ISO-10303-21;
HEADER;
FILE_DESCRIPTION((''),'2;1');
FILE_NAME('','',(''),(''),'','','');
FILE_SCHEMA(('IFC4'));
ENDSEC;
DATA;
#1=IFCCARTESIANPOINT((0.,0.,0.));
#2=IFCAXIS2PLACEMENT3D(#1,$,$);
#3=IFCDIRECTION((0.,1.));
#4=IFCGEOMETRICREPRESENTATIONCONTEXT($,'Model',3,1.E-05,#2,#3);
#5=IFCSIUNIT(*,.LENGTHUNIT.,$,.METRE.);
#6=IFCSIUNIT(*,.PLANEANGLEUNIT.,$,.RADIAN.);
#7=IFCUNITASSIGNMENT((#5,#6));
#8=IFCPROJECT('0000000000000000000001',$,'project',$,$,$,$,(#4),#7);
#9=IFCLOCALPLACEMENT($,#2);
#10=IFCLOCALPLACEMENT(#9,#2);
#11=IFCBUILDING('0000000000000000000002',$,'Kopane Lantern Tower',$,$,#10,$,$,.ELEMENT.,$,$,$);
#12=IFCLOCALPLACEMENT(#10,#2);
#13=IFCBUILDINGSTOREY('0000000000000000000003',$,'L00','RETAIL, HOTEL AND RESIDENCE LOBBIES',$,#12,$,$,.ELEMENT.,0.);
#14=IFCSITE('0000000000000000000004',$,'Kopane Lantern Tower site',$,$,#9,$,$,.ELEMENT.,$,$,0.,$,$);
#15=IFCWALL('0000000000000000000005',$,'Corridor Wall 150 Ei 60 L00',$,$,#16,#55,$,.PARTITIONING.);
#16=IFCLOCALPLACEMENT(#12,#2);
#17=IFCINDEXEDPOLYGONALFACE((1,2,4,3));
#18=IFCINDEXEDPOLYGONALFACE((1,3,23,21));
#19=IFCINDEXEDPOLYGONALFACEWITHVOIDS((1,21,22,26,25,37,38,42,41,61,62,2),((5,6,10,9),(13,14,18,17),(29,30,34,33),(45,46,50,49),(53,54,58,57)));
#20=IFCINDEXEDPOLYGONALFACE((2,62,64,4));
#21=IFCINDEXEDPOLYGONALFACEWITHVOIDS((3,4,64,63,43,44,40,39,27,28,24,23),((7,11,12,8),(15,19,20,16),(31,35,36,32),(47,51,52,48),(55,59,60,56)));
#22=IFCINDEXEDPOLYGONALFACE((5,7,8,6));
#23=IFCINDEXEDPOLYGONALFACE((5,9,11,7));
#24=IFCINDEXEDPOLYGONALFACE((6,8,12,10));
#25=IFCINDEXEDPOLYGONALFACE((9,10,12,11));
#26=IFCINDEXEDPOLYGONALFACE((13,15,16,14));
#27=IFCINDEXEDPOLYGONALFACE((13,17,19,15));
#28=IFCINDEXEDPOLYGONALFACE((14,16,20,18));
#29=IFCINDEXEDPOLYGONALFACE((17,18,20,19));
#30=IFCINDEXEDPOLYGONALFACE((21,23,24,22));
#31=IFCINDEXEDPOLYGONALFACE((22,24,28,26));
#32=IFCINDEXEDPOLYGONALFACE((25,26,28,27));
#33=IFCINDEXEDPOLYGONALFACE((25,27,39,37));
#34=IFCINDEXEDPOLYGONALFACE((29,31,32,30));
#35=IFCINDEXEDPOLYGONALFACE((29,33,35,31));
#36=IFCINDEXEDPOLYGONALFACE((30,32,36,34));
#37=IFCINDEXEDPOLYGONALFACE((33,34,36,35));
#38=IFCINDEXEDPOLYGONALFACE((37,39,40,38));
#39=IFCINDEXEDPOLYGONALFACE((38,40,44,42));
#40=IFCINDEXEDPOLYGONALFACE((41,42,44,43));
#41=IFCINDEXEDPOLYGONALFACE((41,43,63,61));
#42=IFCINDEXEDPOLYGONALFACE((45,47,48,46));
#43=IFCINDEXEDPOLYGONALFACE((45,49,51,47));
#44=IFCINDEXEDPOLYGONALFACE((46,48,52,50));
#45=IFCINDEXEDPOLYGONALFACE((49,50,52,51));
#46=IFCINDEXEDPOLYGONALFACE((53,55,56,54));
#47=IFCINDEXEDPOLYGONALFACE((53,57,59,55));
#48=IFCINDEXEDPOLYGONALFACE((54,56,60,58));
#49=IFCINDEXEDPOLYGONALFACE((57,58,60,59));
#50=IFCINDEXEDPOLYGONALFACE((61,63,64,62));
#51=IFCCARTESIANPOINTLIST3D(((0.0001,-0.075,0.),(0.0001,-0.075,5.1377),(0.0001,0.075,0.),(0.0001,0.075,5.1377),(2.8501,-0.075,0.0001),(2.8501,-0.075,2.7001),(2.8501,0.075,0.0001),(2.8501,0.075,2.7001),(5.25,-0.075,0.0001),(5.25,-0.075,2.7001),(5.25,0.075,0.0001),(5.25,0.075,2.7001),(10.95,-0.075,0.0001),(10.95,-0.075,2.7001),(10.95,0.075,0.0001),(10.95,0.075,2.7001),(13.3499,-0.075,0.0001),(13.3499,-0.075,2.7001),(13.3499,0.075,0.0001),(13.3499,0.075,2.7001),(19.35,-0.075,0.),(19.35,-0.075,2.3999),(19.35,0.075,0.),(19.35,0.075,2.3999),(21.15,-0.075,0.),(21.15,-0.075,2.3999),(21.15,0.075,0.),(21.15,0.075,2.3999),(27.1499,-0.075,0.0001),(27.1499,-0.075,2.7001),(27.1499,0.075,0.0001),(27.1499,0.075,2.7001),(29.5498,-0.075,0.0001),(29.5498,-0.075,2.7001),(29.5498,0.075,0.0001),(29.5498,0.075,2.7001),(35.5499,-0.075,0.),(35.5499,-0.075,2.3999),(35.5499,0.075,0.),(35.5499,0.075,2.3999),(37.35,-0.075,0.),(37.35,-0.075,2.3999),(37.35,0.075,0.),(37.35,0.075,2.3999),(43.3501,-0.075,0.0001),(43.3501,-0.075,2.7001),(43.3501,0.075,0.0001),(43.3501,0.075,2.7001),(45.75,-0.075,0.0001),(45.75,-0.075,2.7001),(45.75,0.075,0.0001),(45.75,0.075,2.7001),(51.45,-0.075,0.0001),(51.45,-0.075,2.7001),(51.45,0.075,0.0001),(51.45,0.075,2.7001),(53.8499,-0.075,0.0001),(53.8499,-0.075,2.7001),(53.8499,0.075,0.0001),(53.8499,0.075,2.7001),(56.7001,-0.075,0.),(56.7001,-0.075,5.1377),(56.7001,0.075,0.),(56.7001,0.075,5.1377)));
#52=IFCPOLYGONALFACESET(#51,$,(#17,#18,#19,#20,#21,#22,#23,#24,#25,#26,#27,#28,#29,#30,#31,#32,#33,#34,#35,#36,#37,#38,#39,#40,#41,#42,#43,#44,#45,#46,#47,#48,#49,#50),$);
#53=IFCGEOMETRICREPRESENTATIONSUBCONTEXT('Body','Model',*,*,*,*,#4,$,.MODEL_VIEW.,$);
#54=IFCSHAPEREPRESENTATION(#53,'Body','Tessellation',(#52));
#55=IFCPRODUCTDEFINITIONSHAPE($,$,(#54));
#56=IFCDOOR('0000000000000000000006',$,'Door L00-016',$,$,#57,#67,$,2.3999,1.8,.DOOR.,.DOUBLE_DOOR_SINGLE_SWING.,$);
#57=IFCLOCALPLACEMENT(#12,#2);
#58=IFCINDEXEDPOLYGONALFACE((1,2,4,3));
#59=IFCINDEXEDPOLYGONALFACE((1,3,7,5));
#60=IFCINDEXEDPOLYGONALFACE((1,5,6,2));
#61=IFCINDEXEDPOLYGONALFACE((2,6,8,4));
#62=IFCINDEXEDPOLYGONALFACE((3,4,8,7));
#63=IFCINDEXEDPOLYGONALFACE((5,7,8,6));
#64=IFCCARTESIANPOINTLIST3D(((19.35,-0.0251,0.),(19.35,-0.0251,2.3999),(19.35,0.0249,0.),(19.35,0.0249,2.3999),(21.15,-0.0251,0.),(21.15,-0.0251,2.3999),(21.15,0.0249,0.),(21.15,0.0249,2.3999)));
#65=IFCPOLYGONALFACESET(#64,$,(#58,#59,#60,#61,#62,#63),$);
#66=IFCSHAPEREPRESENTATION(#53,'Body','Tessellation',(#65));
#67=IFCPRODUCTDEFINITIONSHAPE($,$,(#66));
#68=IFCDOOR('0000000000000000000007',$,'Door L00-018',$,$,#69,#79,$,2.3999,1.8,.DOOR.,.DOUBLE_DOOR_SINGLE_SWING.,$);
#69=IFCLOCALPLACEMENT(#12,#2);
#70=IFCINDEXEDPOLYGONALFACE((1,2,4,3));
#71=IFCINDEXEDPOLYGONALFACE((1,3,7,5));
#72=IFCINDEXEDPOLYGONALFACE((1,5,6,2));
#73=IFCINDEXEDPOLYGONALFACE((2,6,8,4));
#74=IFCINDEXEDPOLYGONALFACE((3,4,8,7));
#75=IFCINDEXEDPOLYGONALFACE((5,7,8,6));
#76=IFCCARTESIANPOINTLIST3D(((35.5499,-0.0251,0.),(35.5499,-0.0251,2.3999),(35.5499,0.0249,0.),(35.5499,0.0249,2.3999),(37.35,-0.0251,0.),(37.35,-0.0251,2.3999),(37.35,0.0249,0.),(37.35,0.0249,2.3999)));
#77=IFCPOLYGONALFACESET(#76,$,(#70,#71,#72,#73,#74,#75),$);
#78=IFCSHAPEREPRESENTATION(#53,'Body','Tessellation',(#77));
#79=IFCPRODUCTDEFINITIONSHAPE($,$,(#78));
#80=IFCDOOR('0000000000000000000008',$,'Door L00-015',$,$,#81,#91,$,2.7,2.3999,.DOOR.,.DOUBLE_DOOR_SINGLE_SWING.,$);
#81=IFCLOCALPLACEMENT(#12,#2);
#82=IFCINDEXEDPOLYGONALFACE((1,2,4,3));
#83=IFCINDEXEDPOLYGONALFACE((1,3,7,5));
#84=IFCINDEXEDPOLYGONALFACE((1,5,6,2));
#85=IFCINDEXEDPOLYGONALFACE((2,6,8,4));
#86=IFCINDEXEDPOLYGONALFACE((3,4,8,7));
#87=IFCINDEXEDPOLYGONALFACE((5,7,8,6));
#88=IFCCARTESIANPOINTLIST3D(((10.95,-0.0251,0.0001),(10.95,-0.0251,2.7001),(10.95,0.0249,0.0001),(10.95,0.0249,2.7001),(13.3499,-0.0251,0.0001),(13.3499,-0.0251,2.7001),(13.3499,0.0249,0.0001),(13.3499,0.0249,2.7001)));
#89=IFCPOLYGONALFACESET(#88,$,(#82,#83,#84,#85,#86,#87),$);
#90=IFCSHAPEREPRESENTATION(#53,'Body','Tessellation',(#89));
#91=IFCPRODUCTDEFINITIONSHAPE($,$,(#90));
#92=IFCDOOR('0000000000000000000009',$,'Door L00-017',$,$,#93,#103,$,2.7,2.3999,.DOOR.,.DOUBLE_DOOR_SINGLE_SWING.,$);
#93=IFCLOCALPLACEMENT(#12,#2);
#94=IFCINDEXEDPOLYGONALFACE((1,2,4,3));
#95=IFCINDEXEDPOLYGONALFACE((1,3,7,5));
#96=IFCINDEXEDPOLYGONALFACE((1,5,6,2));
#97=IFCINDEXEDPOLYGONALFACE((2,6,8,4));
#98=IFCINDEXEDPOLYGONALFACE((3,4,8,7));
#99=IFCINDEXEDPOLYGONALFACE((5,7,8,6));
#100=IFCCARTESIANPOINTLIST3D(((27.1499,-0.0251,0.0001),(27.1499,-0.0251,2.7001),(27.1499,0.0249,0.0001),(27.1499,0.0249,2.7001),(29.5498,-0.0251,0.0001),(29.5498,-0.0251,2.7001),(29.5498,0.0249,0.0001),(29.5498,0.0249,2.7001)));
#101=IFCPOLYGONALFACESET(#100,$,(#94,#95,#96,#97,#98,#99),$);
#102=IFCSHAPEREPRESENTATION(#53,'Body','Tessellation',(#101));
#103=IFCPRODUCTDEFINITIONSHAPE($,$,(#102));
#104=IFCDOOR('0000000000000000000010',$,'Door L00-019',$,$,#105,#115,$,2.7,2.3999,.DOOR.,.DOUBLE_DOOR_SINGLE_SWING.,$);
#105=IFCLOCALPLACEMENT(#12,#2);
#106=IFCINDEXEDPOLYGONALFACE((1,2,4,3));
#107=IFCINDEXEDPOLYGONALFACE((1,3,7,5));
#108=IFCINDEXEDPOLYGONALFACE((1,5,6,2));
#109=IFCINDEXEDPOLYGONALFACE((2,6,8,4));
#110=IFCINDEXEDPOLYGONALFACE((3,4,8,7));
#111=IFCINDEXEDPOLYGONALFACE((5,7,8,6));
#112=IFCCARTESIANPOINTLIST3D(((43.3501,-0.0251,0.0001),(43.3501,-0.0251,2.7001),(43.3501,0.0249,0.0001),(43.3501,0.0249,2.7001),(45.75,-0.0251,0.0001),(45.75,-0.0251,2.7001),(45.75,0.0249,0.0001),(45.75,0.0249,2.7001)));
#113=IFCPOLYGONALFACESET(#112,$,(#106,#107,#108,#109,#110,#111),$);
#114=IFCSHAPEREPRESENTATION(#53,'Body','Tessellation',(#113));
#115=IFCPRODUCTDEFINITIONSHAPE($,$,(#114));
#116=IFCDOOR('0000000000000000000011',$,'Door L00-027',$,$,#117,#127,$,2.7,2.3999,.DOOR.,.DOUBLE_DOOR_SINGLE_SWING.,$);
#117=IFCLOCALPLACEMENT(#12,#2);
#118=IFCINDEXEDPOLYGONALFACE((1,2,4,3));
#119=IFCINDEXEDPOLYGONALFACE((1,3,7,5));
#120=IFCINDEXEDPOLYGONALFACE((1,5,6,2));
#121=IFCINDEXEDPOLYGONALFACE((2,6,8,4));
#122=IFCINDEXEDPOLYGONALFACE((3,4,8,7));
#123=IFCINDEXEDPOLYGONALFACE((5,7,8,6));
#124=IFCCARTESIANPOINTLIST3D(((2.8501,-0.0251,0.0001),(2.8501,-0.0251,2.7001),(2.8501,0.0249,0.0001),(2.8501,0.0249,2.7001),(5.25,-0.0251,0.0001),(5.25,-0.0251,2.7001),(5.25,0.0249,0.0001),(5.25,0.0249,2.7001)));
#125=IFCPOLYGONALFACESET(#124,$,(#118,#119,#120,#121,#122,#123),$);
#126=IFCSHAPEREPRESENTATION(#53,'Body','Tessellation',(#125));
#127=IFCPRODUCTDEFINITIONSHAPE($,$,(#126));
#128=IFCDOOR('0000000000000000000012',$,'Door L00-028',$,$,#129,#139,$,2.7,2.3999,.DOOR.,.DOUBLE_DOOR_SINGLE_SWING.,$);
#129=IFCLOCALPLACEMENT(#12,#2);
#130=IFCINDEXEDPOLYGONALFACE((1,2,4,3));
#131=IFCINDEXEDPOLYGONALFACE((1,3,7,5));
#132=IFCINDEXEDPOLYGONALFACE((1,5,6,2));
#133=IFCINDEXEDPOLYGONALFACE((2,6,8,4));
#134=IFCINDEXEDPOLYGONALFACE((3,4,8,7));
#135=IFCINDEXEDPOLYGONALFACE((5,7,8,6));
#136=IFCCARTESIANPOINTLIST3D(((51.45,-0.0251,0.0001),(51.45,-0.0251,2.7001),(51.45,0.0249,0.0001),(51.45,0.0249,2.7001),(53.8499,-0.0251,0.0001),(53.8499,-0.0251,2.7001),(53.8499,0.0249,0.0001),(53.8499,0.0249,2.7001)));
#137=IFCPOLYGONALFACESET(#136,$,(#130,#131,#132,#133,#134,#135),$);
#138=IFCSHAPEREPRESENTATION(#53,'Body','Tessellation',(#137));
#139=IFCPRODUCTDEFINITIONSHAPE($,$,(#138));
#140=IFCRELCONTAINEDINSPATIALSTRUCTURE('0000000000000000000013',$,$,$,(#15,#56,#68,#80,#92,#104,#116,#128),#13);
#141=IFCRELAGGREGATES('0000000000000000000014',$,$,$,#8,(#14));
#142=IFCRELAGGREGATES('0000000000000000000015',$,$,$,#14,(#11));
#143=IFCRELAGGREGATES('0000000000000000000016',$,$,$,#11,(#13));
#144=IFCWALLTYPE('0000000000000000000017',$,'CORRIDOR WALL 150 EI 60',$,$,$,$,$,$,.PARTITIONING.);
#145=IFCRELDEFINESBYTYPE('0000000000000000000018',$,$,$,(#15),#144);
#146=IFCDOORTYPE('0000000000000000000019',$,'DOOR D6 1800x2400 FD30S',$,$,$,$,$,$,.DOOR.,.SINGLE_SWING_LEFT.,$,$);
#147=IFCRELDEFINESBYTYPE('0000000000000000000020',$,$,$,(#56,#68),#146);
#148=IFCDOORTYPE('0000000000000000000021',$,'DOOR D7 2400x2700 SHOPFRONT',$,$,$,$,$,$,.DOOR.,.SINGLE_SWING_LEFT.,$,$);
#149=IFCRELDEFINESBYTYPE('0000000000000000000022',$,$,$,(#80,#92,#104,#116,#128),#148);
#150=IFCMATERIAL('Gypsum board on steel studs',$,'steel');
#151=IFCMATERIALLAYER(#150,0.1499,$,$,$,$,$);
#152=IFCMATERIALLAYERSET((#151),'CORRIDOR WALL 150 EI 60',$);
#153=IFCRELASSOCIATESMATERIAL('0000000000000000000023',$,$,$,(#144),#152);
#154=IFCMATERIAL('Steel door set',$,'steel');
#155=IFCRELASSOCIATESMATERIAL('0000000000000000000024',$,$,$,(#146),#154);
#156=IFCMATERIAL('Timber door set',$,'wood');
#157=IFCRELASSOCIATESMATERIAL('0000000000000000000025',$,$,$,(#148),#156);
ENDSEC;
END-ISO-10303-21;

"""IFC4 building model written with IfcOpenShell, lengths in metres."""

from ifc_helpers import new_model, si_unit, direction, frame, frame_2d, origin, origin_with_axes, place, context, subcontext, project, spatial, rectangle, extrude, material, layer, layer_set, type_object, element, fill, save


model = new_model("IFC4")

# Units and contexts
model_context = context("Model", 3, precision=1e-05, world=origin(), true_north=direction((0.0, 1.0)))
body_context = subcontext(model_context, "Body", "Model", "MODEL_VIEW")
ifc_project = project(units=[si_unit("LENGTHUNIT", "METRE"), si_unit("PLANEANGLEUNIT", "RADIAN")], contexts=[model_context])

# Site, building, storey
site_placement = place(None, origin())
site = spatial("IfcSite", under=ifc_project, at=site_placement, Name="Kopane Lantern Tower site", CompositionType="ELEMENT", RefElevation=0.0)
building_placement = place(site_placement, origin())
building = spatial("IfcBuilding", under=site, at=building_placement, Name="Kopane Lantern Tower", CompositionType="ELEMENT")
storey_placement = place(building_placement, origin())
storey = spatial("IfcBuildingStorey", under=building, at=storey_placement, Name="L00", Description="RETAIL, HOTEL AND RESIDENCE LOBBIES", CompositionType="ELEMENT", Elevation=0.0)

# Wall, openings, doors
ifc_material_1 = material(Name="Gypsum board on steel studs", Category="steel")
ifc_layer_1 = layer(ifc_material_1, 0.1499)
ifc_layer_set_1 = layer_set([ifc_layer_1], Name="CORRIDOR WALL 150 EI 60")
wall_type = type_object("IfcWallType", Name="CORRIDOR WALL 150 EI 60", PredefinedType="PARTITIONING", material=ifc_layer_set_1)
wall_1_placement = place(storey_placement, origin_with_axes())
wall_1 = element("IfcWall", 1, at=wall_1_placement, inside=storey, type_object=wall_type, Name="Corridor Wall 150 Ei 60 L00", PredefinedType="PARTITIONING", context=body_context, shape_type="SweptSolid", body=[
    extrude(rectangle(XDim=56.7, YDim=0.1499, at=frame_2d((28.3501, 0.0))), origin(), (0.0, 0.0, 1.0), 5.1377),
])
opening_1_placement = place(wall_1_placement, frame((10.95, 0.0, 0.0)))
opening_1 = element("IfcOpeningElement", 2, at=opening_1_placement, cuts=wall_1, PredefinedType="OPENING", context=body_context, shape_type="SweptSolid", body=[
    extrude(rectangle(XDim=2.3999, YDim=2.7, at=frame_2d((1.2, 1.3501))), frame((0.0, 0.085, 0.0), z_axis=(0.0, -1.0, 0.0), x_axis=(1.0, 0.0, 0.0)), (0.0, 0.0, 1.0), 0.1699),
])
opening_2_placement = place(wall_1_placement, frame((19.3501, 0.0, 0.0)))
opening_2 = element("IfcOpeningElement", 3, at=opening_2_placement, cuts=wall_1, PredefinedType="OPENING", context=body_context, shape_type="SweptSolid", body=[
    extrude(rectangle(XDim=1.8, YDim=2.3999, at=frame_2d((0.8999, 1.2))), frame((0.0, 0.085, 0.0), z_axis=(0.0, -1.0, 0.0), x_axis=(1.0, 0.0, 0.0)), (0.0, 0.0, 1.0), 0.1699),
])
opening_3_placement = place(wall_1_placement, frame((27.1499, 0.0, 0.0)))
opening_3 = element("IfcOpeningElement", 4, at=opening_3_placement, cuts=wall_1, PredefinedType="OPENING", context=body_context, shape_type="SweptSolid", body=[
    extrude(rectangle(XDim=2.3999, YDim=2.7, at=frame_2d((1.2, 1.3501))), frame((0.0, 0.085, 0.0), z_axis=(0.0, -1.0, 0.0), x_axis=(1.0, 0.0, 0.0)), (0.0, 0.0, 1.0), 0.1699),
])
opening_4_placement = place(wall_1_placement, frame((35.55, 0.0, 0.0)))
opening_4 = element("IfcOpeningElement", 5, at=opening_4_placement, cuts=wall_1, PredefinedType="OPENING", context=body_context, shape_type="SweptSolid", body=[
    extrude(rectangle(XDim=1.8, YDim=2.3999, at=frame_2d((0.8999, 1.2))), frame((0.0, 0.085, 0.0), z_axis=(0.0, -1.0, 0.0), x_axis=(1.0, 0.0, 0.0)), (0.0, 0.0, 1.0), 0.1699),
])
opening_5_placement = place(wall_1_placement, frame((43.3501, 0.0, 0.0)))
opening_5 = element("IfcOpeningElement", 6, at=opening_5_placement, cuts=wall_1, PredefinedType="OPENING", context=body_context, shape_type="SweptSolid", body=[
    extrude(rectangle(XDim=2.3999, YDim=2.7, at=frame_2d((1.2, 1.3501))), frame((0.0, 0.085, 0.0), z_axis=(0.0, -1.0, 0.0), x_axis=(1.0, 0.0, 0.0)), (0.0, 0.0, 1.0), 0.1699),
])
opening_6_placement = place(wall_1_placement, frame((2.8501, 0.0, 0.0)))
opening_6 = element("IfcOpeningElement", 7, at=opening_6_placement, cuts=wall_1, PredefinedType="OPENING", context=body_context, shape_type="SweptSolid", body=[
    extrude(rectangle(XDim=2.3999, YDim=2.7, at=frame_2d((1.2, 1.3501))), frame((0.0, 0.085, 0.0), z_axis=(0.0, -1.0, 0.0), x_axis=(1.0, 0.0, 0.0)), (0.0, 0.0, 1.0), 0.1699),
])
opening_7_placement = place(wall_1_placement, frame((51.45, 0.0, 0.0)))
opening_7 = element("IfcOpeningElement", 8, at=opening_7_placement, cuts=wall_1, PredefinedType="OPENING", context=body_context, shape_type="SweptSolid", body=[
    extrude(rectangle(XDim=2.3999, YDim=2.7, at=frame_2d((1.2, 1.3501))), frame((0.0, 0.085, 0.0), z_axis=(0.0, -1.0, 0.0), x_axis=(1.0, 0.0, 0.0)), (0.0, 0.0, 1.0), 0.1699),
])
ifc_material_2 = material(Name="Steel door set", Category="steel")
door_type_1 = type_object("IfcDoorType", Name="DOOR D6 1800x2400 FD30S", OperationType="SINGLE_SWING_LEFT", PredefinedType="DOOR", material=ifc_material_2)
door_1_placement = place(opening_2_placement, origin())
door_1 = element("IfcDoor", 9, at=door_1_placement, inside=storey, type_object=door_type_1, Name="Door L00-016", OperationType="DOUBLE_DOOR_SINGLE_SWING", OverallHeight=2.3999, OverallWidth=1.8, PredefinedType="DOOR", context=body_context, shape_type="SweptSolid", body=[
    extrude(rectangle(XDim=1.8, YDim=2.3999, at=frame_2d((0.8999, 1.2))), frame((0.0, 0.0249, 0.0), z_axis=(0.0, -1.0, 0.0), x_axis=(1.0, 0.0, 0.0)), (0.0, 0.0, 1.0), 0.05),
])
fill(opening_2, door_1)
door_2_placement = place(opening_4_placement, origin())
door_2 = element("IfcDoor", 10, at=door_2_placement, inside=storey, type_object=door_type_1, Name="Door L00-018", OperationType="DOUBLE_DOOR_SINGLE_SWING", OverallHeight=2.3999, OverallWidth=1.8, PredefinedType="DOOR", context=body_context, shape_type="SweptSolid", body=[
    extrude(rectangle(XDim=1.8, YDim=2.3999, at=frame_2d((0.8999, 1.2))), frame((0.0, 0.0249, 0.0), z_axis=(0.0, -1.0, 0.0), x_axis=(1.0, 0.0, 0.0)), (0.0, 0.0, 1.0), 0.05),
])
fill(opening_4, door_2)
ifc_material_3 = material(Name="Timber door set", Category="wood")
door_type_2 = type_object("IfcDoorType", Name="DOOR D7 2400x2700 SHOPFRONT", OperationType="SINGLE_SWING_LEFT", PredefinedType="DOOR", material=ifc_material_3)
door_3_placement = place(opening_1_placement, origin())
door_3 = element("IfcDoor", 11, at=door_3_placement, inside=storey, type_object=door_type_2, Name="Door L00-015", OperationType="DOUBLE_DOOR_SINGLE_SWING", OverallHeight=2.7, OverallWidth=2.3999, PredefinedType="DOOR", context=body_context, shape_type="SweptSolid", body=[
    extrude(rectangle(XDim=2.3999, YDim=2.7, at=frame_2d((1.2, 1.3501))), frame((0.0, 0.0249, 0.0), z_axis=(0.0, -1.0, 0.0), x_axis=(1.0, 0.0, 0.0)), (0.0, 0.0, 1.0), 0.05),
])
fill(opening_1, door_3)
door_4_placement = place(opening_3_placement, origin())
door_4 = element("IfcDoor", 12, at=door_4_placement, inside=storey, type_object=door_type_2, Name="Door L00-017", OperationType="DOUBLE_DOOR_SINGLE_SWING", OverallHeight=2.7, OverallWidth=2.3999, PredefinedType="DOOR", context=body_context, shape_type="SweptSolid", body=[
    extrude(rectangle(XDim=2.3999, YDim=2.7, at=frame_2d((1.2, 1.3501))), frame((0.0, 0.0249, 0.0), z_axis=(0.0, -1.0, 0.0), x_axis=(1.0, 0.0, 0.0)), (0.0, 0.0, 1.0), 0.05),
])
fill(opening_3, door_4)
door_5_placement = place(opening_5_placement, origin())
door_5 = element("IfcDoor", 13, at=door_5_placement, inside=storey, type_object=door_type_2, Name="Door L00-019", OperationType="DOUBLE_DOOR_SINGLE_SWING", OverallHeight=2.7, OverallWidth=2.3999, PredefinedType="DOOR", context=body_context, shape_type="SweptSolid", body=[
    extrude(rectangle(XDim=2.3999, YDim=2.7, at=frame_2d((1.2, 1.3501))), frame((0.0, 0.0249, 0.0), z_axis=(0.0, -1.0, 0.0), x_axis=(1.0, 0.0, 0.0)), (0.0, 0.0, 1.0), 0.05),
])
fill(opening_5, door_5)
door_6_placement = place(opening_6_placement, origin())
door_6 = element("IfcDoor", 14, at=door_6_placement, inside=storey, type_object=door_type_2, Name="Door L00-027", OperationType="DOUBLE_DOOR_SINGLE_SWING", OverallHeight=2.7, OverallWidth=2.3999, PredefinedType="DOOR", context=body_context, shape_type="SweptSolid", body=[
    extrude(rectangle(XDim=2.3999, YDim=2.7, at=frame_2d((1.2, 1.3501))), frame((0.0, 0.0249, 0.0), z_axis=(0.0, -1.0, 0.0), x_axis=(1.0, 0.0, 0.0)), (0.0, 0.0, 1.0), 0.05),
])
fill(opening_6, door_6)
door_7_placement = place(opening_7_placement, origin())
door_7 = element("IfcDoor", 15, at=door_7_placement, inside=storey, type_object=door_type_2, Name="Door L00-028", OperationType="DOUBLE_DOOR_SINGLE_SWING", OverallHeight=2.7, OverallWidth=2.3999, PredefinedType="DOOR", context=body_context, shape_type="SweptSolid", body=[
    extrude(rectangle(XDim=2.3999, YDim=2.7, at=frame_2d((1.2, 1.3501))), frame((0.0, 0.0249, 0.0), z_axis=(0.0, -1.0, 0.0), x_axis=(1.0, 0.0, 0.0)), (0.0, 0.0, 1.0), 0.05),
])
fill(opening_7, door_7)

save(model, "model.ifc")
